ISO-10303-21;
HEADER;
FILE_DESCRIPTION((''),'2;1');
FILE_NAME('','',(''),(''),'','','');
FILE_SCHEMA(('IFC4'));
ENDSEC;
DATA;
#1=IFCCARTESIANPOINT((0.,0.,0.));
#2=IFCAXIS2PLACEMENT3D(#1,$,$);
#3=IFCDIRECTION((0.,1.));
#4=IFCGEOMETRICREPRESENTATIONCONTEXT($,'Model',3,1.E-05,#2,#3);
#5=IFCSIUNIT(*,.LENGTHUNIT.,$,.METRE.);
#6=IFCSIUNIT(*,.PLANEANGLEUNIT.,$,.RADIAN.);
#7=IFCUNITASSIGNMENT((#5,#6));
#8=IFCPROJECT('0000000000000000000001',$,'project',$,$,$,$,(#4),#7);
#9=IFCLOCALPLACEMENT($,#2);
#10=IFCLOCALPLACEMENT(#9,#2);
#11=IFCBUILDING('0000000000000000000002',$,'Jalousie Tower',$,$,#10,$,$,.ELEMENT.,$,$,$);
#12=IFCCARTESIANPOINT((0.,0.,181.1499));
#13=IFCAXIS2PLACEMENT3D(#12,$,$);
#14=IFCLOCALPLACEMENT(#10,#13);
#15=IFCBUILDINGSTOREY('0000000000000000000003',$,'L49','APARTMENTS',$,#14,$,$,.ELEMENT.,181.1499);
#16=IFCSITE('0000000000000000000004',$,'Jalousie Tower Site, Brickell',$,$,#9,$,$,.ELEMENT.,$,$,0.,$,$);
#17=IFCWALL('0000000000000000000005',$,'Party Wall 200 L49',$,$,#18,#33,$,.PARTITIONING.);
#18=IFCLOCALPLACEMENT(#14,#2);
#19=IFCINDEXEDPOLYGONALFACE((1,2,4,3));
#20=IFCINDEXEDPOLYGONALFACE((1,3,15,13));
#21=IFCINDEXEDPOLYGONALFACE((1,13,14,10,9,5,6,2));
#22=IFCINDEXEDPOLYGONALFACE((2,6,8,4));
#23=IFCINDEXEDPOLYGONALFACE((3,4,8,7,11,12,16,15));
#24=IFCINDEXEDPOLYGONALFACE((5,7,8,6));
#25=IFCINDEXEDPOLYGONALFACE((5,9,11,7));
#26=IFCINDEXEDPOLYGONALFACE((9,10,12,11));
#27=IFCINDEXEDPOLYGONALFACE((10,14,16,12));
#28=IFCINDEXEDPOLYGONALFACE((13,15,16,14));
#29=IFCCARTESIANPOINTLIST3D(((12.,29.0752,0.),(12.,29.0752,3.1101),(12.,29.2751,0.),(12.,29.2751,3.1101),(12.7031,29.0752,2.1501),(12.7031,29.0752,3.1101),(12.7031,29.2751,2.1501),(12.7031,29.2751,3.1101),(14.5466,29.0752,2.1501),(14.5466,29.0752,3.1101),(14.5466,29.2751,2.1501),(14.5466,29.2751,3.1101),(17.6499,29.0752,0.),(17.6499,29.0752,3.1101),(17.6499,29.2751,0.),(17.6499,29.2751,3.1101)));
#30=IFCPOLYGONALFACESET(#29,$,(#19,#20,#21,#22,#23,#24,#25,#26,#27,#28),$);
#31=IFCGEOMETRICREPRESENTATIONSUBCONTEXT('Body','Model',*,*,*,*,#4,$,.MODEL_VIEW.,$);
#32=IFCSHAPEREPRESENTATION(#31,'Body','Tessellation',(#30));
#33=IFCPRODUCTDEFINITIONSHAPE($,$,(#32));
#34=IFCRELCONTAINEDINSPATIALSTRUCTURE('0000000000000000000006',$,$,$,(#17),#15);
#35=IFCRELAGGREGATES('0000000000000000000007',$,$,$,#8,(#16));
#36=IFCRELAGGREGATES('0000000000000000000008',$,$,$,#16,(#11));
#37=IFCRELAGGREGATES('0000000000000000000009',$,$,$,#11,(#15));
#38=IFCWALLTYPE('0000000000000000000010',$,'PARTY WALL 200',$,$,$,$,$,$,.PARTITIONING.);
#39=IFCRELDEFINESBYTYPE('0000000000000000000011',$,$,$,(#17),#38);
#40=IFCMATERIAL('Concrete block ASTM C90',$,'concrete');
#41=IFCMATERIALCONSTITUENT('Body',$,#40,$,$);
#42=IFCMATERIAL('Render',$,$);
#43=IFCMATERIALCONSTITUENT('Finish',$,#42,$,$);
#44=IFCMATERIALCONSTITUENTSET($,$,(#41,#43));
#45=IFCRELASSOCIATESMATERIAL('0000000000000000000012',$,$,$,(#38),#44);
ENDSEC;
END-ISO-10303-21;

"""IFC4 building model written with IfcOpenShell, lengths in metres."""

from ifc_helpers import new_model, si_unit, direction, frame, origin, place, context, subcontext, project, spatial, polyline, outline, extrude, material, constituent, constituent_set, type_object, element, save


model = new_model("IFC4")

# Units and contexts
model_context = context("Model", 3, precision=1e-05, world=origin(), true_north=direction((0.0, 1.0)))
body_context = subcontext(model_context, "Body", "Model", "MODEL_VIEW")
ifc_project = project(units=[si_unit("LENGTHUNIT", "METRE"), si_unit("PLANEANGLEUNIT", "RADIAN")], contexts=[model_context])

# Site, building, storey
site_placement = place(None, origin())
site = spatial("IfcSite", under=ifc_project, at=site_placement, Name="Jalousie Tower Site, Brickell", CompositionType="ELEMENT", RefElevation=0.0)
building_placement = place(site_placement, origin())
building = spatial("IfcBuilding", under=site, at=building_placement, Name="Jalousie Tower", CompositionType="ELEMENT")
storey_placement = place(building_placement, frame((0.0, 0.0, 181.1499)))
storey = spatial("IfcBuildingStorey", under=building, at=storey_placement, Name="L49", Description="APARTMENTS", CompositionType="ELEMENT", Elevation=181.1499)

# Wall
ifc_material_1 = material(Name="Concrete block ASTM C90", Category="concrete")
ifc_constituent_1 = constituent(ifc_material_1, Name="Body")
ifc_material_2 = material(Name="Render")
ifc_constituent_2 = constituent(ifc_material_2, Name="Finish")
ifc_constituent_set_1 = constituent_set(constituents=[ifc_constituent_1, ifc_constituent_2])
wall_type_1 = type_object("IfcWallType", Name="PARTY WALL 200", PredefinedType="PARTITIONING", material=ifc_constituent_set_1)
wall_1_placement = place(storey_placement, frame((12.0, 29.175, 0.0), z_axis=(0.0, 0.0, 1.0), x_axis=(1.0, 0.0, 0.0)))
element("IfcWall", 1, at=wall_1_placement, inside=storey, type_object=wall_type_1, Name="Party Wall 200 L49", PredefinedType="PARTITIONING", context=body_context, shape_type="SweptSolid", body=[
    extrude(outline(polyline([(0.0, 0.0), (5.6499, 0.0), (5.6499, 3.1101), (2.5466, 3.1101), (2.5466, 2.1501), (0.7031, 2.1501), (0.7031, 3.1101), (0.0, 3.1101), (0.0, 0.0)])), frame((0.0, 0.1001, 0.0), z_axis=(0.0, -1.0, 0.0), x_axis=(1.0, 0.0, 0.0)), (0.0, 0.0, 1.0), 0.2),
])

save(model, "model.ifc")
